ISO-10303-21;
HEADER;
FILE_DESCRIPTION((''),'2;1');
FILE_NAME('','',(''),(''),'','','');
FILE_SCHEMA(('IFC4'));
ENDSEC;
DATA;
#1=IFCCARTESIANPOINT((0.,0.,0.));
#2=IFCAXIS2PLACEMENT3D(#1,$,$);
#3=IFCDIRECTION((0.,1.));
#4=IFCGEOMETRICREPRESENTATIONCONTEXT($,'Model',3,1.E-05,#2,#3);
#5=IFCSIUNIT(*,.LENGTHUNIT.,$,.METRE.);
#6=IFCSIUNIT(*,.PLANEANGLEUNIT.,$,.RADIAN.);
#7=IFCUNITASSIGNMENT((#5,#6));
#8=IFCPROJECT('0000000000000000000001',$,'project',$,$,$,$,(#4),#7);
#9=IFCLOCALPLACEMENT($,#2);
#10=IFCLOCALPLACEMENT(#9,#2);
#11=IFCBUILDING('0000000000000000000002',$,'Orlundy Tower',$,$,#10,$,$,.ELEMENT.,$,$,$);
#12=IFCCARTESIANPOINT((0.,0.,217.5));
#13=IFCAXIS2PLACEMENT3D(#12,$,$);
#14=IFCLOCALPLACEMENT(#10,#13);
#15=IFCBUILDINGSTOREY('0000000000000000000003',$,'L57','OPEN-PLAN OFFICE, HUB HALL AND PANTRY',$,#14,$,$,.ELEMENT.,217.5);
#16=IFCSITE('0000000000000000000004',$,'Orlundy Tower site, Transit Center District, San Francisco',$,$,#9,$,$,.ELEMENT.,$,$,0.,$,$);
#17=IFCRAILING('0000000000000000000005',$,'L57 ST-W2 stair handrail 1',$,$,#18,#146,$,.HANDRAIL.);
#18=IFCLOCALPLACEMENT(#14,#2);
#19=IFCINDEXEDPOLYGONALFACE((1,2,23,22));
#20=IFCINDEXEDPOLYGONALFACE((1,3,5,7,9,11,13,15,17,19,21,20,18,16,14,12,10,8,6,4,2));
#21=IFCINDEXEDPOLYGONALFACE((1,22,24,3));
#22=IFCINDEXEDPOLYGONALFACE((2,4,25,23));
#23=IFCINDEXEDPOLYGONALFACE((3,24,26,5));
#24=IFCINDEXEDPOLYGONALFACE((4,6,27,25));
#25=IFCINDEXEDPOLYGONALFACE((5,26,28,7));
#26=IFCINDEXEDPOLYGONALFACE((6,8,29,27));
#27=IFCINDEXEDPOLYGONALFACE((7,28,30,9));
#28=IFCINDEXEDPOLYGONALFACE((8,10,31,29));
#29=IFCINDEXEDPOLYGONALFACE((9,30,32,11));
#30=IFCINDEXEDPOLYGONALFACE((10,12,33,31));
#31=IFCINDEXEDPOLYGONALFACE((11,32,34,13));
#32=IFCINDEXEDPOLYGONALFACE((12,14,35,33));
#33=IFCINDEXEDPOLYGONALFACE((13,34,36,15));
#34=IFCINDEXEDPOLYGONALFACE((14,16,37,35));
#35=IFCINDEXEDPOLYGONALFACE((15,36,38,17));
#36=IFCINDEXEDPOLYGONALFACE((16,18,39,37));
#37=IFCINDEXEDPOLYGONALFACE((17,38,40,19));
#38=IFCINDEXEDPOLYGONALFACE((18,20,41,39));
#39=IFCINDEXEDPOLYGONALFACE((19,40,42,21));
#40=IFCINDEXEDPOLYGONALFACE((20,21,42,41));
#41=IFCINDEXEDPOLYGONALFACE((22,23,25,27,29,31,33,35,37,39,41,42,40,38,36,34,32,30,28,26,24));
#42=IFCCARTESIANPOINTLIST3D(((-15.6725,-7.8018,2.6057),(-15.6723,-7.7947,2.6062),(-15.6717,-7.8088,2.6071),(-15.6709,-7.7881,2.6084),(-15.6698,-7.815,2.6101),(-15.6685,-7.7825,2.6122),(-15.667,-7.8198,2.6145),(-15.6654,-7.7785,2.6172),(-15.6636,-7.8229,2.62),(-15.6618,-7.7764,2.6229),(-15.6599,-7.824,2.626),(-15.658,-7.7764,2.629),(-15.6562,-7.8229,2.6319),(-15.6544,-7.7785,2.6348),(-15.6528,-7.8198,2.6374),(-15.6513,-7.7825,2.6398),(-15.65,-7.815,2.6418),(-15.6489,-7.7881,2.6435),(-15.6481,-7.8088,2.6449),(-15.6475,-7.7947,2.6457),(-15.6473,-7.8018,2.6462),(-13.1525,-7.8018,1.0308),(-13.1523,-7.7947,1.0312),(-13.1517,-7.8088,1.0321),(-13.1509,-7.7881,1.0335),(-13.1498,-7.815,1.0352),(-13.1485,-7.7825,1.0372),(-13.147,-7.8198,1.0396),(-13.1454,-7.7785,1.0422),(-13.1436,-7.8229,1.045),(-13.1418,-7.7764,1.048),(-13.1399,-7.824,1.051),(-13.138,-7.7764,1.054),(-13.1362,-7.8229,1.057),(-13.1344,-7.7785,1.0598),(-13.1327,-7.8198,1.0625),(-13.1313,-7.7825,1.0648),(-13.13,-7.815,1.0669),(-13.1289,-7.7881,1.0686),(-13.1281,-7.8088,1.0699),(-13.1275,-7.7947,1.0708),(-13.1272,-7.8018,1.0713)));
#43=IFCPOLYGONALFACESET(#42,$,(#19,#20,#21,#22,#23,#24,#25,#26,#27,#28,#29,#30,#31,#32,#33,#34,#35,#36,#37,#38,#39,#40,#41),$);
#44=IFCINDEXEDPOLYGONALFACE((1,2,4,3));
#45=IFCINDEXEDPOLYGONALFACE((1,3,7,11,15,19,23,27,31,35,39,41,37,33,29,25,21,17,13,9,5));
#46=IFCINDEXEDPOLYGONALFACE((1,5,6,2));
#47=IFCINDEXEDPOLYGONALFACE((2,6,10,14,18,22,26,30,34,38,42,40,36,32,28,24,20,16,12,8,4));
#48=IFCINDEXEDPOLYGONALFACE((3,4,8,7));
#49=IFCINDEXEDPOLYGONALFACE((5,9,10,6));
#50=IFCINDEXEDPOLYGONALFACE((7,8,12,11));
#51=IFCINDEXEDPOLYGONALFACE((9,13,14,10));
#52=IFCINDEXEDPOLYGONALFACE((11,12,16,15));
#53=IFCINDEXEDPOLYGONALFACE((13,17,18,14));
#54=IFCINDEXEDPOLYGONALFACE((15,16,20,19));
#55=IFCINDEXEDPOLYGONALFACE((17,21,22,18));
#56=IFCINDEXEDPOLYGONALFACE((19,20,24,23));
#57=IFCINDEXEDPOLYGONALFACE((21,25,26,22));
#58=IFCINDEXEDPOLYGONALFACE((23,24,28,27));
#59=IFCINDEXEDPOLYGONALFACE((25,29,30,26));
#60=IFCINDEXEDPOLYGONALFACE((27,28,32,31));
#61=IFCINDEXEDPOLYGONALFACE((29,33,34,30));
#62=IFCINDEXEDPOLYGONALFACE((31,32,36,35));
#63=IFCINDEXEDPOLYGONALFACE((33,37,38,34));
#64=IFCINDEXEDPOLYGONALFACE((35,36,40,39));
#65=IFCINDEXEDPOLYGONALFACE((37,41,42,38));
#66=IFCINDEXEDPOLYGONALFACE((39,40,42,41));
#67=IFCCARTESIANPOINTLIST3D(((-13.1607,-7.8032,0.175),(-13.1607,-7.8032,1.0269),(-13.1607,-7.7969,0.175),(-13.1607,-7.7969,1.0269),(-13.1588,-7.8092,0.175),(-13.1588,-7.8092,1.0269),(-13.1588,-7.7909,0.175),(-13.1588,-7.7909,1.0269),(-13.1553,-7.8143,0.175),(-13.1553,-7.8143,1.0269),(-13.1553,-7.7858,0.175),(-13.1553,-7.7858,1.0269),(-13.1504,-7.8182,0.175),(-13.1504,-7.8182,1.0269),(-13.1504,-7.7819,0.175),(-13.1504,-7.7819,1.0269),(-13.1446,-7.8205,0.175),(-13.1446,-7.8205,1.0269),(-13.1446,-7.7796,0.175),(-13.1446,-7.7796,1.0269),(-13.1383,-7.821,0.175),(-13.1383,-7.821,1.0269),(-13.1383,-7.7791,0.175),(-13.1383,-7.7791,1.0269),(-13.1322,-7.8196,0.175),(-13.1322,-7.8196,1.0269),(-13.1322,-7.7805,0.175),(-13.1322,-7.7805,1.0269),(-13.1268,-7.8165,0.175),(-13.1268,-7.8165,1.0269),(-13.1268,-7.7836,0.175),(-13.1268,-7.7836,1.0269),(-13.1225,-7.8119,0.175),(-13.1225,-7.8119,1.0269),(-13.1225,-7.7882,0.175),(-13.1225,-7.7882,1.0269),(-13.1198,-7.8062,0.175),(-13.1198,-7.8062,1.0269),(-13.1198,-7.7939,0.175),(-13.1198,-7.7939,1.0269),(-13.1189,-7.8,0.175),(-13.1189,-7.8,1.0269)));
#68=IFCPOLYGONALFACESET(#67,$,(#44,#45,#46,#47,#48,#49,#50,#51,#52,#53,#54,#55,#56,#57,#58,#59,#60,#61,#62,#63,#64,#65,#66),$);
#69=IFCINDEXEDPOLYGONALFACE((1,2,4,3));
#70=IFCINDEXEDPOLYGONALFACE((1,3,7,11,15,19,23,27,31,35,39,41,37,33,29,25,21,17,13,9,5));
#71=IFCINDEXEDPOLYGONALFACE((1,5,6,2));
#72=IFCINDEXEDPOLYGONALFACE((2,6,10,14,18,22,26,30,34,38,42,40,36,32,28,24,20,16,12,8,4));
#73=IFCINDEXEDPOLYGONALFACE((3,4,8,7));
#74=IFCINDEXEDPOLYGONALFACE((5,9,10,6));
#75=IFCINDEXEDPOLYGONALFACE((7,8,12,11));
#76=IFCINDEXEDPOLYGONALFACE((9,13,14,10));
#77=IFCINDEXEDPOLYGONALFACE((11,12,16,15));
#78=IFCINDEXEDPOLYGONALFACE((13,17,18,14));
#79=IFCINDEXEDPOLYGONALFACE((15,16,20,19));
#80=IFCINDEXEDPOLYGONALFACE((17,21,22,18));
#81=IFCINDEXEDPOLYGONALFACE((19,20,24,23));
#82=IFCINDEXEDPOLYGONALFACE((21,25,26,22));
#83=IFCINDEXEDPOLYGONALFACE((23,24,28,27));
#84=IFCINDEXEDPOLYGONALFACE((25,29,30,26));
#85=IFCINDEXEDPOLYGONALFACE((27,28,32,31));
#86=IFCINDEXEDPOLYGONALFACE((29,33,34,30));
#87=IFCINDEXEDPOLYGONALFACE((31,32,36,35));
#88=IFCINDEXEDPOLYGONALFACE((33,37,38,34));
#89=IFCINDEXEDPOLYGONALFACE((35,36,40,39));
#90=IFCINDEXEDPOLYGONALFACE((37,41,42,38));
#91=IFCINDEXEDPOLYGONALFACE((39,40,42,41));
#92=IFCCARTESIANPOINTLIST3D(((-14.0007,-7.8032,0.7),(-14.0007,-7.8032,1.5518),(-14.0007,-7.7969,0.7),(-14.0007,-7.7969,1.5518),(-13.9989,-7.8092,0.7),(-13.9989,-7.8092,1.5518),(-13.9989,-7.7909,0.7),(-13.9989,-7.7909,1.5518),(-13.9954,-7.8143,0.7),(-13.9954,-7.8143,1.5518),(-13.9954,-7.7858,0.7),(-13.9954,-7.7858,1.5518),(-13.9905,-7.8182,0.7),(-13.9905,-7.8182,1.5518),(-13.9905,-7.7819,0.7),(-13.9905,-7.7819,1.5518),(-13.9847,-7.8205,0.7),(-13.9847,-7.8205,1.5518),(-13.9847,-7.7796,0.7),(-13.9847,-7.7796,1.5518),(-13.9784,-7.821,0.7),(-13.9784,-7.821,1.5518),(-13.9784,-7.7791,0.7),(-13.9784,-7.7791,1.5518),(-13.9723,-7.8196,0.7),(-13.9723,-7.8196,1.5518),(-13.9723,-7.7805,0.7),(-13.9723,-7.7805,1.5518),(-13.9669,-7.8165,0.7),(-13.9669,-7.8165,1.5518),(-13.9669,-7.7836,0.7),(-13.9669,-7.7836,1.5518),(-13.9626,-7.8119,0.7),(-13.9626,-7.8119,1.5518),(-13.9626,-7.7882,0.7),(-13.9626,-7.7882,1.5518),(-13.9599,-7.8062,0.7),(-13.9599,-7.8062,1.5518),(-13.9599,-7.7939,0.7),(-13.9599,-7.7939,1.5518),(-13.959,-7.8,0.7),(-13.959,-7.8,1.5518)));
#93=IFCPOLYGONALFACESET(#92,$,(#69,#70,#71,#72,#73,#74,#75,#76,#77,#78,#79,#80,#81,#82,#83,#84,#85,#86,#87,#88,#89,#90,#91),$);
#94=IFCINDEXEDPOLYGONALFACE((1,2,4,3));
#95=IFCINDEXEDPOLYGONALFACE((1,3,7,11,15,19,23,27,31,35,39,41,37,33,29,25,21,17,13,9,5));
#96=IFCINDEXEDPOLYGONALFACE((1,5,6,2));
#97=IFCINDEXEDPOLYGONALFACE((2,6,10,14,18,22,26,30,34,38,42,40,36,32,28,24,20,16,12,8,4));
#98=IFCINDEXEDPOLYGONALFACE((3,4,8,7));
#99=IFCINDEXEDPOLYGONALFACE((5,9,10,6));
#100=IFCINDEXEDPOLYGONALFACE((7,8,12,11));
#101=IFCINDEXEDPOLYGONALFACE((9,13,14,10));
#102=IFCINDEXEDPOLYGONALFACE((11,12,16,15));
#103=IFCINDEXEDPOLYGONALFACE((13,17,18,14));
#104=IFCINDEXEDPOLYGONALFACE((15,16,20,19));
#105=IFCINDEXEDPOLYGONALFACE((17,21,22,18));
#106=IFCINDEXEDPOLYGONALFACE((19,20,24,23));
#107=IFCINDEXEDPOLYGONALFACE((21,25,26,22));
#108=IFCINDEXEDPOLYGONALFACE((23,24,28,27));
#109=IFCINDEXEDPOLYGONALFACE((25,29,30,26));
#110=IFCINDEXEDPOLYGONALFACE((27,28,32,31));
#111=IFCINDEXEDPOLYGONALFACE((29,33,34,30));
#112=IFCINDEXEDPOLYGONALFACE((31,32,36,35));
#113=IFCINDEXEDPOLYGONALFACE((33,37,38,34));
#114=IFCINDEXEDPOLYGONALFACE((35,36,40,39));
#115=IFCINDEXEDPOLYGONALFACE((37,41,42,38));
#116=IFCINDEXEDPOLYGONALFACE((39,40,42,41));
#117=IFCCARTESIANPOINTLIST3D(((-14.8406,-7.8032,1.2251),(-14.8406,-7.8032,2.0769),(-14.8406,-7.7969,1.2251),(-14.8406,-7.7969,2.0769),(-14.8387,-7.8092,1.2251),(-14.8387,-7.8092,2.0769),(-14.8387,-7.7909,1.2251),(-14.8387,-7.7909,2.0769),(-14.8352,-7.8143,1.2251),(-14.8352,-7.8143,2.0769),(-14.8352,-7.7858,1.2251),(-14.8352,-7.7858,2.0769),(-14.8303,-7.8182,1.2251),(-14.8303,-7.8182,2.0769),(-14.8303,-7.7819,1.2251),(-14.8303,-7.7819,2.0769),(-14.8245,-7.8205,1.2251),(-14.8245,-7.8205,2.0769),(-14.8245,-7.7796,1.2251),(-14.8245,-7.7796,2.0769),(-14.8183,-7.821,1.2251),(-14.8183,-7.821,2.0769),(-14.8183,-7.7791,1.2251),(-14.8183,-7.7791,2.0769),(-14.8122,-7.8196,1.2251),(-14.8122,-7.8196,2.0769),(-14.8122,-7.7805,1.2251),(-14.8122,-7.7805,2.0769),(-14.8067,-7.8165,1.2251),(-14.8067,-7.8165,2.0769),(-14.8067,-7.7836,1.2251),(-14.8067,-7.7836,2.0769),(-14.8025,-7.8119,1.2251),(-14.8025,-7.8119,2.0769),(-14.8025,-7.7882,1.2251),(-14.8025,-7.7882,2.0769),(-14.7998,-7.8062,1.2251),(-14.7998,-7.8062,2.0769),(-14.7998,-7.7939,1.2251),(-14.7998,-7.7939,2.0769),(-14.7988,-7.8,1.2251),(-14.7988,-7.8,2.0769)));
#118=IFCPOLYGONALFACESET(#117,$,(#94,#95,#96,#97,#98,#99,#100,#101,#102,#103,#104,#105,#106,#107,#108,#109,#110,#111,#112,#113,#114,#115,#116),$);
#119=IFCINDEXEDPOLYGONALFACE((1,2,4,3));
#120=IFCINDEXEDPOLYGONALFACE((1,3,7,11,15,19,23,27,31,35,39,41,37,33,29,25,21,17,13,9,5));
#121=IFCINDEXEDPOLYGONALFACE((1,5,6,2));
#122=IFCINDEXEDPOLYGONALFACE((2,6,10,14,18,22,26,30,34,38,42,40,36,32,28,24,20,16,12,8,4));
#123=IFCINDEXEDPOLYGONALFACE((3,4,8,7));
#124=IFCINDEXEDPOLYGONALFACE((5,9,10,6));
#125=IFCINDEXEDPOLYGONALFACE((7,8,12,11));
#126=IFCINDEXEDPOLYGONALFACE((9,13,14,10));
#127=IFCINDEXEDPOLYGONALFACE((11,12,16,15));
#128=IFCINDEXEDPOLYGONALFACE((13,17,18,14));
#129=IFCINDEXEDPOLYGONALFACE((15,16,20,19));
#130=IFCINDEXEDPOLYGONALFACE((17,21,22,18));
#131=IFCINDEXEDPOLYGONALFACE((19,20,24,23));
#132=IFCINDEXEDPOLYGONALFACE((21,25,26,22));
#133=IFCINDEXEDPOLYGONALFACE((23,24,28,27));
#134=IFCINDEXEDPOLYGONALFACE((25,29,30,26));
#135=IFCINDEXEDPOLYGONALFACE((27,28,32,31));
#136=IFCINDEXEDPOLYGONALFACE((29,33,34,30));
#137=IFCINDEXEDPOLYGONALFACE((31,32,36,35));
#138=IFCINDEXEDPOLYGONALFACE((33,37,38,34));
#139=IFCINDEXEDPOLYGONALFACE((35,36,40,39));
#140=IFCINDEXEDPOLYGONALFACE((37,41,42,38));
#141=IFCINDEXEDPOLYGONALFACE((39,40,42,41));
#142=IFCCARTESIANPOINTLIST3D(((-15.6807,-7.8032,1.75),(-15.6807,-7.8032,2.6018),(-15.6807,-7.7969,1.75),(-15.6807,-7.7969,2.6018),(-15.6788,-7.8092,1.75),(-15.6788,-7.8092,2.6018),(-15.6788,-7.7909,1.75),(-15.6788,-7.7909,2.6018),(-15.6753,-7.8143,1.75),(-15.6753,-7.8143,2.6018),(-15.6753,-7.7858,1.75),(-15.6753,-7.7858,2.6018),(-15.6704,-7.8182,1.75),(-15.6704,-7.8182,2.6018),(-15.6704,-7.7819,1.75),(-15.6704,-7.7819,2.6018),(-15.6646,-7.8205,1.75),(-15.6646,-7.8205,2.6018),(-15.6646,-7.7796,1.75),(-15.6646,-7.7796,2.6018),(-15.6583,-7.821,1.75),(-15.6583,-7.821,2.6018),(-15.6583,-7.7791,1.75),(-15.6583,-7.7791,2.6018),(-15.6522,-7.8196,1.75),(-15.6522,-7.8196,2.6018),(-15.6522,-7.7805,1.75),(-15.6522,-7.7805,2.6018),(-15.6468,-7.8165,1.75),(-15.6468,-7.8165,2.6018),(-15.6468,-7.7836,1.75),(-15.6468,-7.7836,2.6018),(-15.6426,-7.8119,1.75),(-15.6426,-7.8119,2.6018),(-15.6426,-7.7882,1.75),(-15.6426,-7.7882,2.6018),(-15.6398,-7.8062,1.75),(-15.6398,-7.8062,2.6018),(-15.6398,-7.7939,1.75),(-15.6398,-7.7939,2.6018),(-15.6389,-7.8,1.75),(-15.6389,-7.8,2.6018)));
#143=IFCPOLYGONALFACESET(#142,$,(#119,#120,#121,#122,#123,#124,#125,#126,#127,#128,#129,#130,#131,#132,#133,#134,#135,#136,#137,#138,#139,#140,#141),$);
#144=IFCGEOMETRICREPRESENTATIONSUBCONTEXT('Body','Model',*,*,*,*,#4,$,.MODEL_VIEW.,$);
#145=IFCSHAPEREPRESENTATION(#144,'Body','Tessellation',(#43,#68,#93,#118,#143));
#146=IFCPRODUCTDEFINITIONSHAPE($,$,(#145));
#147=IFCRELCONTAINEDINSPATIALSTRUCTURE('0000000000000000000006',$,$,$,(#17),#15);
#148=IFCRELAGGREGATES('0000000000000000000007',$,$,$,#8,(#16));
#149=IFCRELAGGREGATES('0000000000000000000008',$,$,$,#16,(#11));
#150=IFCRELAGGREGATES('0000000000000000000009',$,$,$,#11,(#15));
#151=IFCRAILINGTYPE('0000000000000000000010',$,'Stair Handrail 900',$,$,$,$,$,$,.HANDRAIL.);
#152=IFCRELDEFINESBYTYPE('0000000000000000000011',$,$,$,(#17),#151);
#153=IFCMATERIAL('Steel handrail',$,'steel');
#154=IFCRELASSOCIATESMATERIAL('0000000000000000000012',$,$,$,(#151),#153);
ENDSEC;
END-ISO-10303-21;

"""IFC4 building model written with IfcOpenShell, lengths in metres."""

from ifc_helpers import new_model, si_unit, direction, frame, origin, origin_2d, place, context, subcontext, project, spatial, circle, extrude, material, type_object, element, save


model = new_model("IFC4")

# Units and contexts
model_context = context("Model", 3, precision=1e-05, world=origin(), true_north=direction((0.0, 1.0)))
body_context = subcontext(model_context, "Body", "Model", "MODEL_VIEW")
ifc_project = project(units=[si_unit("LENGTHUNIT", "METRE"), si_unit("PLANEANGLEUNIT", "RADIAN")], contexts=[model_context])

# Site, building, storey
site_placement = place(None, origin())
site = spatial("IfcSite", under=ifc_project, at=site_placement, Name="Orlundy Tower site, Transit Center District, San Francisco", CompositionType="ELEMENT", RefElevation=0.0)
building_placement = place(site_placement, origin())
building = spatial("IfcBuilding", under=site, at=building_placement, Name="Orlundy Tower", CompositionType="ELEMENT")
storey_placement = place(building_placement, frame((0.0, 0.0, 217.5)))
storey = spatial("IfcBuildingStorey", under=building, at=storey_placement, Name="L57", Description="OPEN-PLAN OFFICE, HUB HALL AND PANTRY", CompositionType="ELEMENT", Elevation=217.5)

# Railing
ifc_material_1 = material(Name="Steel handrail", Category="steel")
railing_type_1 = type_object("IfcRailingType", Name="Stair Handrail 900", PredefinedType="HANDRAIL", material=ifc_material_1)
railing_1_placement = place(storey_placement, frame((-13.1399, -7.8, 0.175)))
element("IfcRailing", 1, at=railing_1_placement, inside=storey, type_object=railing_type_1, Name="L57 ST-W2 stair handrail 1", PredefinedType="HANDRAIL", context=body_context, shape_type="SweptSolid", body=[
    extrude(circle(Radius=0.0239, at=origin_2d()), frame((0.0, 0.0, 0.876), z_axis=(-0.848008, 0.0, 0.529984), x_axis=(0.0, -1.0, 0.0)), (0.0, 0.0, 1.0), 2.9717),
    extrude(circle(Radius=0.021, at=origin_2d()), origin(), (0.0, 0.0, 1.0), 0.8518),
    extrude(circle(Radius=0.021, at=origin_2d()), frame((-0.8401, 0.0, 0.5249)), (0.0, 0.0, 1.0), 0.8518),
    extrude(circle(Radius=0.021, at=origin_2d()), frame((-1.6799, 0.0, 1.05)), (0.0, 0.0, 1.0), 0.8518),
    extrude(circle(Radius=0.021, at=origin_2d()), frame((-2.52, 0.0, 1.575)), (0.0, 0.0, 1.0), 0.8518),
])

save(model, "model.ifc")
